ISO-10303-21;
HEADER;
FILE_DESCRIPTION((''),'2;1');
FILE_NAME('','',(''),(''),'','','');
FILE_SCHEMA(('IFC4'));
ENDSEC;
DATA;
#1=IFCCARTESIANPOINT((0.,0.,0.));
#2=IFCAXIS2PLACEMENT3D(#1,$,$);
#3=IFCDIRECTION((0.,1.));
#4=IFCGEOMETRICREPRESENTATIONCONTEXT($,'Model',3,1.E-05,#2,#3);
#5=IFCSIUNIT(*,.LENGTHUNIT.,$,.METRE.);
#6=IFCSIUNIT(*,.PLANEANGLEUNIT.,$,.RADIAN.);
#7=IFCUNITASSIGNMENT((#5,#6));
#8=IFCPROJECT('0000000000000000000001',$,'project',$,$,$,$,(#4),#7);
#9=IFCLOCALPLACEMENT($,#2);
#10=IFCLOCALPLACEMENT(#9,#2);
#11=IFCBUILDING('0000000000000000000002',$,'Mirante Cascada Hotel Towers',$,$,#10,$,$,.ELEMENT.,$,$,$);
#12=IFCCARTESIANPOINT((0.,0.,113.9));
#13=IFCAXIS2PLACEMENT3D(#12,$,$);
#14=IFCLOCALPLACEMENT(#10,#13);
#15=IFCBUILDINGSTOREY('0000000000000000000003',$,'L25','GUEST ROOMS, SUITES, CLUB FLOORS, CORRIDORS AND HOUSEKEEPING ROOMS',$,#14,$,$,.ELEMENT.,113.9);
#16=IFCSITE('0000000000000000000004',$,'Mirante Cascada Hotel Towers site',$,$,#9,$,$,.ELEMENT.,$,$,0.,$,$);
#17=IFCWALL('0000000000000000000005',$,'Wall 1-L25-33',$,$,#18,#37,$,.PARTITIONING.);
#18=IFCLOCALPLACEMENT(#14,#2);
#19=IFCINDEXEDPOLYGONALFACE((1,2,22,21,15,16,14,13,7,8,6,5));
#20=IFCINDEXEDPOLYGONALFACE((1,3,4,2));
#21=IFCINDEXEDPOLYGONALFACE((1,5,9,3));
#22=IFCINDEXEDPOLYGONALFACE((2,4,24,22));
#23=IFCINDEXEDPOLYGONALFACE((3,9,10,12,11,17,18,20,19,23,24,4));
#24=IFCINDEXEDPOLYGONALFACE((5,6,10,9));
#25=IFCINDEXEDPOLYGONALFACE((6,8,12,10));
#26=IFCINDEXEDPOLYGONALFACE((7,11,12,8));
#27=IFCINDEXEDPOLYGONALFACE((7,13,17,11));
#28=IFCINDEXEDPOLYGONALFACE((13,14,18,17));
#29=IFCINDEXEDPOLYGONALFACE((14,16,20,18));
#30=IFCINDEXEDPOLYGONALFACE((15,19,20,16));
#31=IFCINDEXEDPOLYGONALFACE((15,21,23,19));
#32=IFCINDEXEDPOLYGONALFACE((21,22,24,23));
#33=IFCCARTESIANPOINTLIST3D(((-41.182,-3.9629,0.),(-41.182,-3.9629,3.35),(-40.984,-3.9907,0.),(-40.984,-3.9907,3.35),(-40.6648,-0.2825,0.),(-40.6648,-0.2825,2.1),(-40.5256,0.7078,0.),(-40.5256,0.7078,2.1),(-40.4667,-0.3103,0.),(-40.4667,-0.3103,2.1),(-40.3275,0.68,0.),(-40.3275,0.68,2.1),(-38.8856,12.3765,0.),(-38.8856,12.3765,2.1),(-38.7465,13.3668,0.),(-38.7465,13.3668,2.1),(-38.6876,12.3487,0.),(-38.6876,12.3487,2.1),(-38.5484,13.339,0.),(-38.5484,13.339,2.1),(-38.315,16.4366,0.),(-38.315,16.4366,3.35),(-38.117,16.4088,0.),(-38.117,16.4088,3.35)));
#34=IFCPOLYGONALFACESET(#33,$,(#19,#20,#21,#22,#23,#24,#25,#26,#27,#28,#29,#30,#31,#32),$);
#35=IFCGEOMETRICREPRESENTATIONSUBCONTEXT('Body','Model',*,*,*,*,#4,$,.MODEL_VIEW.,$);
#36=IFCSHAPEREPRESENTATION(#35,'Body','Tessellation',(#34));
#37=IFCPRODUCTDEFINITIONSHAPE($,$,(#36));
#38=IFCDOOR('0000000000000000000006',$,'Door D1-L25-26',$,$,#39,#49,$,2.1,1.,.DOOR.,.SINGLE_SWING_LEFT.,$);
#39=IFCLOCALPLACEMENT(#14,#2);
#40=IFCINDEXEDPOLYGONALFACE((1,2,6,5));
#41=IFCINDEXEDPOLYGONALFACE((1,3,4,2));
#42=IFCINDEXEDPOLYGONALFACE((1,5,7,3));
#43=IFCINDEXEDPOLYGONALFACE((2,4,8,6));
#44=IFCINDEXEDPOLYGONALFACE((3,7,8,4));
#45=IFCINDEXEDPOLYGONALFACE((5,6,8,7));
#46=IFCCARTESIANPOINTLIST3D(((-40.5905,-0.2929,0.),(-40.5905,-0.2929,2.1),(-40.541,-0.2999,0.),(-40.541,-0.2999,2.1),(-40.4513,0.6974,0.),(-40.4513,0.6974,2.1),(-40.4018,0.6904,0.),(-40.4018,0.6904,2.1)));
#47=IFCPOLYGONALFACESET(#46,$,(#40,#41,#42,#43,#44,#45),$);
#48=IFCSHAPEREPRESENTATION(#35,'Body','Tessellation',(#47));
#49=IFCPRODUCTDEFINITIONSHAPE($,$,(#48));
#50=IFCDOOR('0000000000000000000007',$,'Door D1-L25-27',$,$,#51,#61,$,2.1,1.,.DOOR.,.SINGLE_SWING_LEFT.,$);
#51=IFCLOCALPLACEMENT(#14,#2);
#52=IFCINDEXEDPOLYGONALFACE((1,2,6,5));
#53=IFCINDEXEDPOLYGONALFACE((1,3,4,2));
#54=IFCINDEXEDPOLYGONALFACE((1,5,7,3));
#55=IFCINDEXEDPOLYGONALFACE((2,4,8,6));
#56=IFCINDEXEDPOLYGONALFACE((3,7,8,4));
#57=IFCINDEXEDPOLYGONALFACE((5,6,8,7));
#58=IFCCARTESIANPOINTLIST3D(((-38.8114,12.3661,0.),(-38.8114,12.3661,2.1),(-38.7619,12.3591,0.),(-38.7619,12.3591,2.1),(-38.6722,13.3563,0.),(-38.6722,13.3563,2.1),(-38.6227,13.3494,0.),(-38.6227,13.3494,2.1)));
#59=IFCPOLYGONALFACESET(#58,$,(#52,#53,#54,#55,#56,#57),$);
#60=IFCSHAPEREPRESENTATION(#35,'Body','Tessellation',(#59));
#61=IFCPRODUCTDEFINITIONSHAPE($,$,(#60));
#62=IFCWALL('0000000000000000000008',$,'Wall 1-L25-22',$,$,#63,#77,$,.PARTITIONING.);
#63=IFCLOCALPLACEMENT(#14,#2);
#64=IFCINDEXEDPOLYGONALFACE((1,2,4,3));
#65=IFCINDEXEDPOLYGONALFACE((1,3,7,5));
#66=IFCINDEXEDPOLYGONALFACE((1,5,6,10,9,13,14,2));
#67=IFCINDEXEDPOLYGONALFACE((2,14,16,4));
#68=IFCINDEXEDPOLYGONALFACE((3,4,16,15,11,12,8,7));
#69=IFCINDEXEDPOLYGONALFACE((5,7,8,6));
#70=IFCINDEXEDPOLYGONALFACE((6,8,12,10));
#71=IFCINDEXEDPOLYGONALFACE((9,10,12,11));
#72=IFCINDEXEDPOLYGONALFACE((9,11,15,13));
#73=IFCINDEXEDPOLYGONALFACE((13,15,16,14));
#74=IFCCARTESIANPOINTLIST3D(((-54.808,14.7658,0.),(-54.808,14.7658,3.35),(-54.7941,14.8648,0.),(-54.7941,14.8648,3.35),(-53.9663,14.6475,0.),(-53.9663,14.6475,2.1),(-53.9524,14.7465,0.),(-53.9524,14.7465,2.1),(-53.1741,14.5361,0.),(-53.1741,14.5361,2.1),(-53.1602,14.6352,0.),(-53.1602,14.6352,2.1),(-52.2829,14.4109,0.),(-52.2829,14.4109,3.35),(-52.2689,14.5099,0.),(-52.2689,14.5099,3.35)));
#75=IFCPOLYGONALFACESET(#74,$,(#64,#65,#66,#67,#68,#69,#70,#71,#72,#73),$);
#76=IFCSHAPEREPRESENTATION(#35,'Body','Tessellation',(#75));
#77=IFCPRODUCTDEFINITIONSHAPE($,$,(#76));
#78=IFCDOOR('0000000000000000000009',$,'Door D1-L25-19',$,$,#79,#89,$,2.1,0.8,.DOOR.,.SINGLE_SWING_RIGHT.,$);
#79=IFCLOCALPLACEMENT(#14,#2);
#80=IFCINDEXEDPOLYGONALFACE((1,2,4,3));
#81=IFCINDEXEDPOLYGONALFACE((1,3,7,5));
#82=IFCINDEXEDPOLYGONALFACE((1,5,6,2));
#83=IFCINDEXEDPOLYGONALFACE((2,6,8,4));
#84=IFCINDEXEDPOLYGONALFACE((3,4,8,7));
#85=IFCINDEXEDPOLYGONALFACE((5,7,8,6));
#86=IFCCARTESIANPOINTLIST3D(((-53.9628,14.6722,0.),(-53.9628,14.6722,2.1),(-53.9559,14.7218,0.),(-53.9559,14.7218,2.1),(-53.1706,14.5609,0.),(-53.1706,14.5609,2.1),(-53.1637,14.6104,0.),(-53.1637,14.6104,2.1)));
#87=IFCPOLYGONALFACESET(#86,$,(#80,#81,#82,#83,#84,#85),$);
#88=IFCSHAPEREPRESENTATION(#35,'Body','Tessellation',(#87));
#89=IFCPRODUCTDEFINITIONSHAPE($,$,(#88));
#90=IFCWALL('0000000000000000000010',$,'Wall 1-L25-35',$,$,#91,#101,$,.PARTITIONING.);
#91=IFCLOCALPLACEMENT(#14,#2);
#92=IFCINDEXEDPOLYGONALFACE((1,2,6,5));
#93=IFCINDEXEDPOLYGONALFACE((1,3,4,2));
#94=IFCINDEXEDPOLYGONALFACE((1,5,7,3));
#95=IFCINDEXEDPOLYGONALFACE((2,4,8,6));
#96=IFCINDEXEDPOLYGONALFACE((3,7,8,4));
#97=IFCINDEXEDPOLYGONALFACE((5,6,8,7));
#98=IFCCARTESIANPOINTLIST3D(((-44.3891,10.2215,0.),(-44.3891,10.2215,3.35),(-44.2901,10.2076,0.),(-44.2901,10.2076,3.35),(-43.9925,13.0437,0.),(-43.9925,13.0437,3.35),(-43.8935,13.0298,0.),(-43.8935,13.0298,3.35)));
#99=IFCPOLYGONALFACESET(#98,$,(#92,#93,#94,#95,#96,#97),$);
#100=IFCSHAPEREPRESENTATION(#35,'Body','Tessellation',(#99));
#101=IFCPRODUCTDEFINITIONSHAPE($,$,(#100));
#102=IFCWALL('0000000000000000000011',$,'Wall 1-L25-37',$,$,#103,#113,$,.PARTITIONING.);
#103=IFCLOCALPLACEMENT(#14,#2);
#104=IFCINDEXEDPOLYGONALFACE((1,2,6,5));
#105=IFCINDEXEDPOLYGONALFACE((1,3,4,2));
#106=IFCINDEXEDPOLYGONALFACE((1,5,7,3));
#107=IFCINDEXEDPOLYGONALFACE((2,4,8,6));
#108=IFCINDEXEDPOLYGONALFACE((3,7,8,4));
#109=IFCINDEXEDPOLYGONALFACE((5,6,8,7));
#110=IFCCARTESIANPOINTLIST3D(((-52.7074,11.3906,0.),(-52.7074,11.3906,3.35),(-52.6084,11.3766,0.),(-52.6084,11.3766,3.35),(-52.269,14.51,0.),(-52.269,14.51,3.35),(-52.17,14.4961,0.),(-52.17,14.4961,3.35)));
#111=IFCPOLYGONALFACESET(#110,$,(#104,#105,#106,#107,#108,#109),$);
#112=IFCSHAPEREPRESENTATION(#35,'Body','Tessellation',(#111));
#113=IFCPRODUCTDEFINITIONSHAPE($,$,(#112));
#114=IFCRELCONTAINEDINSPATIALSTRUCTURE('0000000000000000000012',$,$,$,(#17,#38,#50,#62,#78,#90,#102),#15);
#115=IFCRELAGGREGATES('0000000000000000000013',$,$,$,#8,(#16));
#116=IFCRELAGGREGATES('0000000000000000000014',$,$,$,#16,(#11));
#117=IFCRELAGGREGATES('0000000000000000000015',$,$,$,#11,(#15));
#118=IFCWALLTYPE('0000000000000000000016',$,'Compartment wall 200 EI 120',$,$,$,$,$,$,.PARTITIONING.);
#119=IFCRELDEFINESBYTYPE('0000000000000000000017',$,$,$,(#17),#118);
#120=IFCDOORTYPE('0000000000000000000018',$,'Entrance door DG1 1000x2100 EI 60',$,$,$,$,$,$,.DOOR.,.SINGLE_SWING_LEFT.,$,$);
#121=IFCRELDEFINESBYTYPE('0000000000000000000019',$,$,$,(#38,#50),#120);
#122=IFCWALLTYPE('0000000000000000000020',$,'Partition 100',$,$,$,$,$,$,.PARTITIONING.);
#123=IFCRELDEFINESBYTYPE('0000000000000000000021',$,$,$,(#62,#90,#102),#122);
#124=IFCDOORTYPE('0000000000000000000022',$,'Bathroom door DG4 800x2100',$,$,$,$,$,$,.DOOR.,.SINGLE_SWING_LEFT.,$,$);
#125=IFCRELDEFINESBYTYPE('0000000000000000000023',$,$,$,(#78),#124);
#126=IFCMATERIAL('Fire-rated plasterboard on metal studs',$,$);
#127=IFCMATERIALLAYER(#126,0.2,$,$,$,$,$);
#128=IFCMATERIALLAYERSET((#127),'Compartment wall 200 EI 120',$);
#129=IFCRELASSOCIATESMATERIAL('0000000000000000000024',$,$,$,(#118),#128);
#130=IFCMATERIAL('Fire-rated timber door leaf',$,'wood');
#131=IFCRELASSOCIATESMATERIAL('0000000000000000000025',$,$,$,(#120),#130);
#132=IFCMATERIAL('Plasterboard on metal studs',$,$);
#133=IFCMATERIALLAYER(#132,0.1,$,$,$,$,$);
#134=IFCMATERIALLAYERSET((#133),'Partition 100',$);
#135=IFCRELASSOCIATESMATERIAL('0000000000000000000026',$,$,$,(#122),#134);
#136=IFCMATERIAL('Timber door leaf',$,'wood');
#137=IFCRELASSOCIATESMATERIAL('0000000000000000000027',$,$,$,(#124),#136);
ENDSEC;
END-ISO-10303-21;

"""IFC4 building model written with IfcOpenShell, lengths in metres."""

from ifc_helpers import new_model, si_unit, direction, frame, frame_2d, origin, place, context, subcontext, project, spatial, rectangle, extrude, material, layer, layer_set, type_object, element, fill, save


model = new_model("IFC4")

# Units and contexts
model_context = context("Model", 3, precision=1e-05, world=origin(), true_north=direction((0.0, 1.0)))
body_context = subcontext(model_context, "Body", "Model", "MODEL_VIEW")
ifc_project = project(units=[si_unit("LENGTHUNIT", "METRE"), si_unit("PLANEANGLEUNIT", "RADIAN")], contexts=[model_context])

# Site, building, storey
site_placement = place(None, origin())
site = spatial("IfcSite", under=ifc_project, at=site_placement, Name="Mirante Cascada Hotel Towers site", CompositionType="ELEMENT", RefElevation=0.0)
building_placement = place(site_placement, origin())
building = spatial("IfcBuilding", under=site, at=building_placement, Name="Mirante Cascada Hotel Towers", CompositionType="ELEMENT")
storey_placement = place(building_placement, frame((0.0, 0.0, 113.9)))
storey = spatial("IfcBuildingStorey", under=building, at=storey_placement, Name="L25", Description="GUEST ROOMS, SUITES, CLUB FLOORS, CORRIDORS AND HOUSEKEEPING ROOMS", CompositionType="ELEMENT", Elevation=113.9)

# Shared definitions
ifc_material_1 = material(Name="Fire-rated plasterboard on metal studs")
ifc_layer_1 = layer(ifc_material_1, 0.2)
ifc_layer_set_1 = layer_set([ifc_layer_1], Name="Compartment wall 200 EI 120")
wall_type_1 = type_object("IfcWallType", Name="Compartment wall 200 EI 120", PredefinedType="PARTITIONING", material=ifc_layer_set_1)

# Wall, openings, doors
wall_1_placement = place(storey_placement, frame((-38.216, 16.4227, 0.0), z_axis=(0.0, 0.0, 1.0), x_axis=(-0.139175, -0.990268, 0.0)))
wall_1 = element("IfcWall", 1, at=wall_1_placement, inside=storey, type_object=wall_type_1, Name="Wall 1-L25-33", PredefinedType="PARTITIONING", context=body_context, shape_type="SweptSolid", body=[
    extrude(rectangle(XDim=20.6, YDim=0.2, at=frame_2d((10.3, 0.0))), origin(), (0.0, 0.0, 1.0), 3.35),
])
opening_1_placement = place(wall_1_placement, frame((15.8834, 0.0, 0.0)))
opening_1 = element("IfcOpeningElement", 2, at=opening_1_placement, cuts=wall_1, PredefinedType="OPENING", context=body_context, shape_type="SweptSolid", body=[
    extrude(rectangle(XDim=1.0, YDim=2.1, at=frame_2d((0.5, 1.05))), frame((0.0, 0.1, 0.0), z_axis=(0.0, -1.0, 0.0), x_axis=(1.0, 0.0, 0.0)), (0.0, 0.0, 1.0), 0.2),
])
opening_2_placement = place(wall_1_placement, frame((3.1, 0.0, 0.0)))
opening_2 = element("IfcOpeningElement", 3, at=opening_2_placement, cuts=wall_1, PredefinedType="OPENING", context=body_context, shape_type="SweptSolid", body=[
    extrude(rectangle(XDim=1.0, YDim=2.1, at=frame_2d((0.5, 1.05))), frame((0.0, 0.1, 0.0), z_axis=(0.0, -1.0, 0.0), x_axis=(1.0, 0.0, 0.0)), (0.0, 0.0, 1.0), 0.2),
])
ifc_material_2 = material(Name="Fire-rated timber door leaf", Category="wood")
door_type_1 = type_object("IfcDoorType", Name="Entrance door DG1 1000x2100 EI 60", OperationType="SINGLE_SWING_LEFT", PredefinedType="DOOR", material=ifc_material_2)
door_1_placement = place(opening_1_placement, origin())
door_1 = element("IfcDoor", 4, at=door_1_placement, inside=storey, type_object=door_type_1, Name="Door D1-L25-26", OperationType="SINGLE_SWING_LEFT", OverallHeight=2.1, OverallWidth=1.0, PredefinedType="DOOR", context=body_context, shape_type="SweptSolid", body=[
    extrude(rectangle(XDim=1.0, YDim=2.1, at=frame_2d((0.5, 1.05))), frame((0.0, 0.025, 0.0), z_axis=(0.0, -1.0, 0.0), x_axis=(1.0, 0.0, 0.0)), (0.0, 0.0, 1.0), 0.05),
])
fill(opening_1, door_1)
door_2_placement = place(opening_2_placement, origin())
door_2 = element("IfcDoor", 5, at=door_2_placement, inside=storey, type_object=door_type_1, Name="Door D1-L25-27", OperationType="SINGLE_SWING_LEFT", OverallHeight=2.1, OverallWidth=1.0, PredefinedType="DOOR", context=body_context, shape_type="SweptSolid", body=[
    extrude(rectangle(XDim=1.0, YDim=2.1, at=frame_2d((0.5, 1.05))), frame((0.0, 0.025, 0.0), z_axis=(0.0, -1.0, 0.0), x_axis=(1.0, 0.0, 0.0)), (0.0, 0.0, 1.0), 0.05),
])
fill(opening_2, door_2)

# Wall, opening, door
ifc_material_3 = material(Name="Plasterboard on metal studs")
ifc_layer_2 = layer(ifc_material_3, 0.1)
ifc_layer_set_2 = layer_set([ifc_layer_2], Name="Partition 100")
wall_type_2 = type_object("IfcWallType", Name="Partition 100", PredefinedType="PARTITIONING", material=ifc_layer_set_2)
wall_2_placement = place(storey_placement, frame((-52.2759, 14.4604, 0.0), z_axis=(0.0, 0.0, 1.0), x_axis=(-0.990268, 0.139176, 0.0)))
wall_2 = element("IfcWall", 6, at=wall_2_placement, inside=storey, type_object=wall_type_2, Name="Wall 1-L25-22", PredefinedType="PARTITIONING", context=body_context, shape_type="SweptSolid", body=[
    extrude(rectangle(XDim=2.55, YDim=0.1, at=frame_2d((1.275, 0.0))), origin(), (0.0, 0.0, 1.0), 3.35),
])
opening_3_placement = place(wall_2_placement, frame((0.9, 0.0, 0.0)))
opening_3 = element("IfcOpeningElement", 7, at=opening_3_placement, cuts=wall_2, PredefinedType="OPENING", context=body_context, shape_type="SweptSolid", body=[
    extrude(rectangle(XDim=0.8, YDim=2.1, at=frame_2d((0.4, 1.05))), frame((0.0, 0.05, 0.0), z_axis=(0.0, -1.0, 0.0), x_axis=(1.0, 0.0, 0.0)), (0.0, 0.0, 1.0), 0.1),
])
ifc_material_4 = material(Name="Timber door leaf", Category="wood")
door_type_2 = type_object("IfcDoorType", Name="Bathroom door DG4 800x2100", OperationType="SINGLE_SWING_LEFT", PredefinedType="DOOR", material=ifc_material_4)
door_3_placement = place(opening_3_placement, frame((0.8, 0.0, 0.0), z_axis=(0.0, 0.0, 1.0), x_axis=(-1.0, 0.0, 0.0)))
door_3 = element("IfcDoor", 8, at=door_3_placement, inside=storey, type_object=door_type_2, Name="Door D1-L25-19", OperationType="SINGLE_SWING_RIGHT", OverallHeight=2.1, OverallWidth=0.8, PredefinedType="DOOR", context=body_context, shape_type="SweptSolid", body=[
    extrude(rectangle(XDim=0.8, YDim=2.1, at=frame_2d((0.4, 1.05))), frame((0.0, 0.025, 0.0), z_axis=(0.0, -1.0, 0.0), x_axis=(1.0, 0.0, 0.0)), (0.0, 0.0, 1.0), 0.05),
])
fill(opening_3, door_3)

# Walls
wall_3_placement = place(storey_placement, frame((-43.943, 13.0368, 0.0), z_axis=(0.0, 0.0, 1.0), x_axis=(-0.139161, -0.99027, 0.0)))
element("IfcWall", 9, at=wall_3_placement, inside=storey, type_object=wall_type_2, Name="Wall 1-L25-35", PredefinedType="PARTITIONING", context=body_context, shape_type="SweptSolid", body=[
    extrude(rectangle(XDim=2.8499, YDim=0.1, at=frame_2d((1.425, 0.0))), origin(), (0.0, 0.0, 1.0), 3.35),
])
wall_4_placement = place(storey_placement, frame((-52.2195, 14.503, 0.0), z_axis=(0.0, 0.0, 1.0), x_axis=(-0.139172, -0.990268, 0.0)))
element("IfcWall", 10, at=wall_4_placement, inside=storey, type_object=wall_type_2, Name="Wall 1-L25-37", PredefinedType="PARTITIONING", context=body_context, shape_type="SweptSolid", body=[
    extrude(rectangle(XDim=3.1501, YDim=0.1, at=frame_2d((1.575, 0.0))), origin(), (0.0, 0.0, 1.0), 3.35),
])

save(model, "model.ifc")
